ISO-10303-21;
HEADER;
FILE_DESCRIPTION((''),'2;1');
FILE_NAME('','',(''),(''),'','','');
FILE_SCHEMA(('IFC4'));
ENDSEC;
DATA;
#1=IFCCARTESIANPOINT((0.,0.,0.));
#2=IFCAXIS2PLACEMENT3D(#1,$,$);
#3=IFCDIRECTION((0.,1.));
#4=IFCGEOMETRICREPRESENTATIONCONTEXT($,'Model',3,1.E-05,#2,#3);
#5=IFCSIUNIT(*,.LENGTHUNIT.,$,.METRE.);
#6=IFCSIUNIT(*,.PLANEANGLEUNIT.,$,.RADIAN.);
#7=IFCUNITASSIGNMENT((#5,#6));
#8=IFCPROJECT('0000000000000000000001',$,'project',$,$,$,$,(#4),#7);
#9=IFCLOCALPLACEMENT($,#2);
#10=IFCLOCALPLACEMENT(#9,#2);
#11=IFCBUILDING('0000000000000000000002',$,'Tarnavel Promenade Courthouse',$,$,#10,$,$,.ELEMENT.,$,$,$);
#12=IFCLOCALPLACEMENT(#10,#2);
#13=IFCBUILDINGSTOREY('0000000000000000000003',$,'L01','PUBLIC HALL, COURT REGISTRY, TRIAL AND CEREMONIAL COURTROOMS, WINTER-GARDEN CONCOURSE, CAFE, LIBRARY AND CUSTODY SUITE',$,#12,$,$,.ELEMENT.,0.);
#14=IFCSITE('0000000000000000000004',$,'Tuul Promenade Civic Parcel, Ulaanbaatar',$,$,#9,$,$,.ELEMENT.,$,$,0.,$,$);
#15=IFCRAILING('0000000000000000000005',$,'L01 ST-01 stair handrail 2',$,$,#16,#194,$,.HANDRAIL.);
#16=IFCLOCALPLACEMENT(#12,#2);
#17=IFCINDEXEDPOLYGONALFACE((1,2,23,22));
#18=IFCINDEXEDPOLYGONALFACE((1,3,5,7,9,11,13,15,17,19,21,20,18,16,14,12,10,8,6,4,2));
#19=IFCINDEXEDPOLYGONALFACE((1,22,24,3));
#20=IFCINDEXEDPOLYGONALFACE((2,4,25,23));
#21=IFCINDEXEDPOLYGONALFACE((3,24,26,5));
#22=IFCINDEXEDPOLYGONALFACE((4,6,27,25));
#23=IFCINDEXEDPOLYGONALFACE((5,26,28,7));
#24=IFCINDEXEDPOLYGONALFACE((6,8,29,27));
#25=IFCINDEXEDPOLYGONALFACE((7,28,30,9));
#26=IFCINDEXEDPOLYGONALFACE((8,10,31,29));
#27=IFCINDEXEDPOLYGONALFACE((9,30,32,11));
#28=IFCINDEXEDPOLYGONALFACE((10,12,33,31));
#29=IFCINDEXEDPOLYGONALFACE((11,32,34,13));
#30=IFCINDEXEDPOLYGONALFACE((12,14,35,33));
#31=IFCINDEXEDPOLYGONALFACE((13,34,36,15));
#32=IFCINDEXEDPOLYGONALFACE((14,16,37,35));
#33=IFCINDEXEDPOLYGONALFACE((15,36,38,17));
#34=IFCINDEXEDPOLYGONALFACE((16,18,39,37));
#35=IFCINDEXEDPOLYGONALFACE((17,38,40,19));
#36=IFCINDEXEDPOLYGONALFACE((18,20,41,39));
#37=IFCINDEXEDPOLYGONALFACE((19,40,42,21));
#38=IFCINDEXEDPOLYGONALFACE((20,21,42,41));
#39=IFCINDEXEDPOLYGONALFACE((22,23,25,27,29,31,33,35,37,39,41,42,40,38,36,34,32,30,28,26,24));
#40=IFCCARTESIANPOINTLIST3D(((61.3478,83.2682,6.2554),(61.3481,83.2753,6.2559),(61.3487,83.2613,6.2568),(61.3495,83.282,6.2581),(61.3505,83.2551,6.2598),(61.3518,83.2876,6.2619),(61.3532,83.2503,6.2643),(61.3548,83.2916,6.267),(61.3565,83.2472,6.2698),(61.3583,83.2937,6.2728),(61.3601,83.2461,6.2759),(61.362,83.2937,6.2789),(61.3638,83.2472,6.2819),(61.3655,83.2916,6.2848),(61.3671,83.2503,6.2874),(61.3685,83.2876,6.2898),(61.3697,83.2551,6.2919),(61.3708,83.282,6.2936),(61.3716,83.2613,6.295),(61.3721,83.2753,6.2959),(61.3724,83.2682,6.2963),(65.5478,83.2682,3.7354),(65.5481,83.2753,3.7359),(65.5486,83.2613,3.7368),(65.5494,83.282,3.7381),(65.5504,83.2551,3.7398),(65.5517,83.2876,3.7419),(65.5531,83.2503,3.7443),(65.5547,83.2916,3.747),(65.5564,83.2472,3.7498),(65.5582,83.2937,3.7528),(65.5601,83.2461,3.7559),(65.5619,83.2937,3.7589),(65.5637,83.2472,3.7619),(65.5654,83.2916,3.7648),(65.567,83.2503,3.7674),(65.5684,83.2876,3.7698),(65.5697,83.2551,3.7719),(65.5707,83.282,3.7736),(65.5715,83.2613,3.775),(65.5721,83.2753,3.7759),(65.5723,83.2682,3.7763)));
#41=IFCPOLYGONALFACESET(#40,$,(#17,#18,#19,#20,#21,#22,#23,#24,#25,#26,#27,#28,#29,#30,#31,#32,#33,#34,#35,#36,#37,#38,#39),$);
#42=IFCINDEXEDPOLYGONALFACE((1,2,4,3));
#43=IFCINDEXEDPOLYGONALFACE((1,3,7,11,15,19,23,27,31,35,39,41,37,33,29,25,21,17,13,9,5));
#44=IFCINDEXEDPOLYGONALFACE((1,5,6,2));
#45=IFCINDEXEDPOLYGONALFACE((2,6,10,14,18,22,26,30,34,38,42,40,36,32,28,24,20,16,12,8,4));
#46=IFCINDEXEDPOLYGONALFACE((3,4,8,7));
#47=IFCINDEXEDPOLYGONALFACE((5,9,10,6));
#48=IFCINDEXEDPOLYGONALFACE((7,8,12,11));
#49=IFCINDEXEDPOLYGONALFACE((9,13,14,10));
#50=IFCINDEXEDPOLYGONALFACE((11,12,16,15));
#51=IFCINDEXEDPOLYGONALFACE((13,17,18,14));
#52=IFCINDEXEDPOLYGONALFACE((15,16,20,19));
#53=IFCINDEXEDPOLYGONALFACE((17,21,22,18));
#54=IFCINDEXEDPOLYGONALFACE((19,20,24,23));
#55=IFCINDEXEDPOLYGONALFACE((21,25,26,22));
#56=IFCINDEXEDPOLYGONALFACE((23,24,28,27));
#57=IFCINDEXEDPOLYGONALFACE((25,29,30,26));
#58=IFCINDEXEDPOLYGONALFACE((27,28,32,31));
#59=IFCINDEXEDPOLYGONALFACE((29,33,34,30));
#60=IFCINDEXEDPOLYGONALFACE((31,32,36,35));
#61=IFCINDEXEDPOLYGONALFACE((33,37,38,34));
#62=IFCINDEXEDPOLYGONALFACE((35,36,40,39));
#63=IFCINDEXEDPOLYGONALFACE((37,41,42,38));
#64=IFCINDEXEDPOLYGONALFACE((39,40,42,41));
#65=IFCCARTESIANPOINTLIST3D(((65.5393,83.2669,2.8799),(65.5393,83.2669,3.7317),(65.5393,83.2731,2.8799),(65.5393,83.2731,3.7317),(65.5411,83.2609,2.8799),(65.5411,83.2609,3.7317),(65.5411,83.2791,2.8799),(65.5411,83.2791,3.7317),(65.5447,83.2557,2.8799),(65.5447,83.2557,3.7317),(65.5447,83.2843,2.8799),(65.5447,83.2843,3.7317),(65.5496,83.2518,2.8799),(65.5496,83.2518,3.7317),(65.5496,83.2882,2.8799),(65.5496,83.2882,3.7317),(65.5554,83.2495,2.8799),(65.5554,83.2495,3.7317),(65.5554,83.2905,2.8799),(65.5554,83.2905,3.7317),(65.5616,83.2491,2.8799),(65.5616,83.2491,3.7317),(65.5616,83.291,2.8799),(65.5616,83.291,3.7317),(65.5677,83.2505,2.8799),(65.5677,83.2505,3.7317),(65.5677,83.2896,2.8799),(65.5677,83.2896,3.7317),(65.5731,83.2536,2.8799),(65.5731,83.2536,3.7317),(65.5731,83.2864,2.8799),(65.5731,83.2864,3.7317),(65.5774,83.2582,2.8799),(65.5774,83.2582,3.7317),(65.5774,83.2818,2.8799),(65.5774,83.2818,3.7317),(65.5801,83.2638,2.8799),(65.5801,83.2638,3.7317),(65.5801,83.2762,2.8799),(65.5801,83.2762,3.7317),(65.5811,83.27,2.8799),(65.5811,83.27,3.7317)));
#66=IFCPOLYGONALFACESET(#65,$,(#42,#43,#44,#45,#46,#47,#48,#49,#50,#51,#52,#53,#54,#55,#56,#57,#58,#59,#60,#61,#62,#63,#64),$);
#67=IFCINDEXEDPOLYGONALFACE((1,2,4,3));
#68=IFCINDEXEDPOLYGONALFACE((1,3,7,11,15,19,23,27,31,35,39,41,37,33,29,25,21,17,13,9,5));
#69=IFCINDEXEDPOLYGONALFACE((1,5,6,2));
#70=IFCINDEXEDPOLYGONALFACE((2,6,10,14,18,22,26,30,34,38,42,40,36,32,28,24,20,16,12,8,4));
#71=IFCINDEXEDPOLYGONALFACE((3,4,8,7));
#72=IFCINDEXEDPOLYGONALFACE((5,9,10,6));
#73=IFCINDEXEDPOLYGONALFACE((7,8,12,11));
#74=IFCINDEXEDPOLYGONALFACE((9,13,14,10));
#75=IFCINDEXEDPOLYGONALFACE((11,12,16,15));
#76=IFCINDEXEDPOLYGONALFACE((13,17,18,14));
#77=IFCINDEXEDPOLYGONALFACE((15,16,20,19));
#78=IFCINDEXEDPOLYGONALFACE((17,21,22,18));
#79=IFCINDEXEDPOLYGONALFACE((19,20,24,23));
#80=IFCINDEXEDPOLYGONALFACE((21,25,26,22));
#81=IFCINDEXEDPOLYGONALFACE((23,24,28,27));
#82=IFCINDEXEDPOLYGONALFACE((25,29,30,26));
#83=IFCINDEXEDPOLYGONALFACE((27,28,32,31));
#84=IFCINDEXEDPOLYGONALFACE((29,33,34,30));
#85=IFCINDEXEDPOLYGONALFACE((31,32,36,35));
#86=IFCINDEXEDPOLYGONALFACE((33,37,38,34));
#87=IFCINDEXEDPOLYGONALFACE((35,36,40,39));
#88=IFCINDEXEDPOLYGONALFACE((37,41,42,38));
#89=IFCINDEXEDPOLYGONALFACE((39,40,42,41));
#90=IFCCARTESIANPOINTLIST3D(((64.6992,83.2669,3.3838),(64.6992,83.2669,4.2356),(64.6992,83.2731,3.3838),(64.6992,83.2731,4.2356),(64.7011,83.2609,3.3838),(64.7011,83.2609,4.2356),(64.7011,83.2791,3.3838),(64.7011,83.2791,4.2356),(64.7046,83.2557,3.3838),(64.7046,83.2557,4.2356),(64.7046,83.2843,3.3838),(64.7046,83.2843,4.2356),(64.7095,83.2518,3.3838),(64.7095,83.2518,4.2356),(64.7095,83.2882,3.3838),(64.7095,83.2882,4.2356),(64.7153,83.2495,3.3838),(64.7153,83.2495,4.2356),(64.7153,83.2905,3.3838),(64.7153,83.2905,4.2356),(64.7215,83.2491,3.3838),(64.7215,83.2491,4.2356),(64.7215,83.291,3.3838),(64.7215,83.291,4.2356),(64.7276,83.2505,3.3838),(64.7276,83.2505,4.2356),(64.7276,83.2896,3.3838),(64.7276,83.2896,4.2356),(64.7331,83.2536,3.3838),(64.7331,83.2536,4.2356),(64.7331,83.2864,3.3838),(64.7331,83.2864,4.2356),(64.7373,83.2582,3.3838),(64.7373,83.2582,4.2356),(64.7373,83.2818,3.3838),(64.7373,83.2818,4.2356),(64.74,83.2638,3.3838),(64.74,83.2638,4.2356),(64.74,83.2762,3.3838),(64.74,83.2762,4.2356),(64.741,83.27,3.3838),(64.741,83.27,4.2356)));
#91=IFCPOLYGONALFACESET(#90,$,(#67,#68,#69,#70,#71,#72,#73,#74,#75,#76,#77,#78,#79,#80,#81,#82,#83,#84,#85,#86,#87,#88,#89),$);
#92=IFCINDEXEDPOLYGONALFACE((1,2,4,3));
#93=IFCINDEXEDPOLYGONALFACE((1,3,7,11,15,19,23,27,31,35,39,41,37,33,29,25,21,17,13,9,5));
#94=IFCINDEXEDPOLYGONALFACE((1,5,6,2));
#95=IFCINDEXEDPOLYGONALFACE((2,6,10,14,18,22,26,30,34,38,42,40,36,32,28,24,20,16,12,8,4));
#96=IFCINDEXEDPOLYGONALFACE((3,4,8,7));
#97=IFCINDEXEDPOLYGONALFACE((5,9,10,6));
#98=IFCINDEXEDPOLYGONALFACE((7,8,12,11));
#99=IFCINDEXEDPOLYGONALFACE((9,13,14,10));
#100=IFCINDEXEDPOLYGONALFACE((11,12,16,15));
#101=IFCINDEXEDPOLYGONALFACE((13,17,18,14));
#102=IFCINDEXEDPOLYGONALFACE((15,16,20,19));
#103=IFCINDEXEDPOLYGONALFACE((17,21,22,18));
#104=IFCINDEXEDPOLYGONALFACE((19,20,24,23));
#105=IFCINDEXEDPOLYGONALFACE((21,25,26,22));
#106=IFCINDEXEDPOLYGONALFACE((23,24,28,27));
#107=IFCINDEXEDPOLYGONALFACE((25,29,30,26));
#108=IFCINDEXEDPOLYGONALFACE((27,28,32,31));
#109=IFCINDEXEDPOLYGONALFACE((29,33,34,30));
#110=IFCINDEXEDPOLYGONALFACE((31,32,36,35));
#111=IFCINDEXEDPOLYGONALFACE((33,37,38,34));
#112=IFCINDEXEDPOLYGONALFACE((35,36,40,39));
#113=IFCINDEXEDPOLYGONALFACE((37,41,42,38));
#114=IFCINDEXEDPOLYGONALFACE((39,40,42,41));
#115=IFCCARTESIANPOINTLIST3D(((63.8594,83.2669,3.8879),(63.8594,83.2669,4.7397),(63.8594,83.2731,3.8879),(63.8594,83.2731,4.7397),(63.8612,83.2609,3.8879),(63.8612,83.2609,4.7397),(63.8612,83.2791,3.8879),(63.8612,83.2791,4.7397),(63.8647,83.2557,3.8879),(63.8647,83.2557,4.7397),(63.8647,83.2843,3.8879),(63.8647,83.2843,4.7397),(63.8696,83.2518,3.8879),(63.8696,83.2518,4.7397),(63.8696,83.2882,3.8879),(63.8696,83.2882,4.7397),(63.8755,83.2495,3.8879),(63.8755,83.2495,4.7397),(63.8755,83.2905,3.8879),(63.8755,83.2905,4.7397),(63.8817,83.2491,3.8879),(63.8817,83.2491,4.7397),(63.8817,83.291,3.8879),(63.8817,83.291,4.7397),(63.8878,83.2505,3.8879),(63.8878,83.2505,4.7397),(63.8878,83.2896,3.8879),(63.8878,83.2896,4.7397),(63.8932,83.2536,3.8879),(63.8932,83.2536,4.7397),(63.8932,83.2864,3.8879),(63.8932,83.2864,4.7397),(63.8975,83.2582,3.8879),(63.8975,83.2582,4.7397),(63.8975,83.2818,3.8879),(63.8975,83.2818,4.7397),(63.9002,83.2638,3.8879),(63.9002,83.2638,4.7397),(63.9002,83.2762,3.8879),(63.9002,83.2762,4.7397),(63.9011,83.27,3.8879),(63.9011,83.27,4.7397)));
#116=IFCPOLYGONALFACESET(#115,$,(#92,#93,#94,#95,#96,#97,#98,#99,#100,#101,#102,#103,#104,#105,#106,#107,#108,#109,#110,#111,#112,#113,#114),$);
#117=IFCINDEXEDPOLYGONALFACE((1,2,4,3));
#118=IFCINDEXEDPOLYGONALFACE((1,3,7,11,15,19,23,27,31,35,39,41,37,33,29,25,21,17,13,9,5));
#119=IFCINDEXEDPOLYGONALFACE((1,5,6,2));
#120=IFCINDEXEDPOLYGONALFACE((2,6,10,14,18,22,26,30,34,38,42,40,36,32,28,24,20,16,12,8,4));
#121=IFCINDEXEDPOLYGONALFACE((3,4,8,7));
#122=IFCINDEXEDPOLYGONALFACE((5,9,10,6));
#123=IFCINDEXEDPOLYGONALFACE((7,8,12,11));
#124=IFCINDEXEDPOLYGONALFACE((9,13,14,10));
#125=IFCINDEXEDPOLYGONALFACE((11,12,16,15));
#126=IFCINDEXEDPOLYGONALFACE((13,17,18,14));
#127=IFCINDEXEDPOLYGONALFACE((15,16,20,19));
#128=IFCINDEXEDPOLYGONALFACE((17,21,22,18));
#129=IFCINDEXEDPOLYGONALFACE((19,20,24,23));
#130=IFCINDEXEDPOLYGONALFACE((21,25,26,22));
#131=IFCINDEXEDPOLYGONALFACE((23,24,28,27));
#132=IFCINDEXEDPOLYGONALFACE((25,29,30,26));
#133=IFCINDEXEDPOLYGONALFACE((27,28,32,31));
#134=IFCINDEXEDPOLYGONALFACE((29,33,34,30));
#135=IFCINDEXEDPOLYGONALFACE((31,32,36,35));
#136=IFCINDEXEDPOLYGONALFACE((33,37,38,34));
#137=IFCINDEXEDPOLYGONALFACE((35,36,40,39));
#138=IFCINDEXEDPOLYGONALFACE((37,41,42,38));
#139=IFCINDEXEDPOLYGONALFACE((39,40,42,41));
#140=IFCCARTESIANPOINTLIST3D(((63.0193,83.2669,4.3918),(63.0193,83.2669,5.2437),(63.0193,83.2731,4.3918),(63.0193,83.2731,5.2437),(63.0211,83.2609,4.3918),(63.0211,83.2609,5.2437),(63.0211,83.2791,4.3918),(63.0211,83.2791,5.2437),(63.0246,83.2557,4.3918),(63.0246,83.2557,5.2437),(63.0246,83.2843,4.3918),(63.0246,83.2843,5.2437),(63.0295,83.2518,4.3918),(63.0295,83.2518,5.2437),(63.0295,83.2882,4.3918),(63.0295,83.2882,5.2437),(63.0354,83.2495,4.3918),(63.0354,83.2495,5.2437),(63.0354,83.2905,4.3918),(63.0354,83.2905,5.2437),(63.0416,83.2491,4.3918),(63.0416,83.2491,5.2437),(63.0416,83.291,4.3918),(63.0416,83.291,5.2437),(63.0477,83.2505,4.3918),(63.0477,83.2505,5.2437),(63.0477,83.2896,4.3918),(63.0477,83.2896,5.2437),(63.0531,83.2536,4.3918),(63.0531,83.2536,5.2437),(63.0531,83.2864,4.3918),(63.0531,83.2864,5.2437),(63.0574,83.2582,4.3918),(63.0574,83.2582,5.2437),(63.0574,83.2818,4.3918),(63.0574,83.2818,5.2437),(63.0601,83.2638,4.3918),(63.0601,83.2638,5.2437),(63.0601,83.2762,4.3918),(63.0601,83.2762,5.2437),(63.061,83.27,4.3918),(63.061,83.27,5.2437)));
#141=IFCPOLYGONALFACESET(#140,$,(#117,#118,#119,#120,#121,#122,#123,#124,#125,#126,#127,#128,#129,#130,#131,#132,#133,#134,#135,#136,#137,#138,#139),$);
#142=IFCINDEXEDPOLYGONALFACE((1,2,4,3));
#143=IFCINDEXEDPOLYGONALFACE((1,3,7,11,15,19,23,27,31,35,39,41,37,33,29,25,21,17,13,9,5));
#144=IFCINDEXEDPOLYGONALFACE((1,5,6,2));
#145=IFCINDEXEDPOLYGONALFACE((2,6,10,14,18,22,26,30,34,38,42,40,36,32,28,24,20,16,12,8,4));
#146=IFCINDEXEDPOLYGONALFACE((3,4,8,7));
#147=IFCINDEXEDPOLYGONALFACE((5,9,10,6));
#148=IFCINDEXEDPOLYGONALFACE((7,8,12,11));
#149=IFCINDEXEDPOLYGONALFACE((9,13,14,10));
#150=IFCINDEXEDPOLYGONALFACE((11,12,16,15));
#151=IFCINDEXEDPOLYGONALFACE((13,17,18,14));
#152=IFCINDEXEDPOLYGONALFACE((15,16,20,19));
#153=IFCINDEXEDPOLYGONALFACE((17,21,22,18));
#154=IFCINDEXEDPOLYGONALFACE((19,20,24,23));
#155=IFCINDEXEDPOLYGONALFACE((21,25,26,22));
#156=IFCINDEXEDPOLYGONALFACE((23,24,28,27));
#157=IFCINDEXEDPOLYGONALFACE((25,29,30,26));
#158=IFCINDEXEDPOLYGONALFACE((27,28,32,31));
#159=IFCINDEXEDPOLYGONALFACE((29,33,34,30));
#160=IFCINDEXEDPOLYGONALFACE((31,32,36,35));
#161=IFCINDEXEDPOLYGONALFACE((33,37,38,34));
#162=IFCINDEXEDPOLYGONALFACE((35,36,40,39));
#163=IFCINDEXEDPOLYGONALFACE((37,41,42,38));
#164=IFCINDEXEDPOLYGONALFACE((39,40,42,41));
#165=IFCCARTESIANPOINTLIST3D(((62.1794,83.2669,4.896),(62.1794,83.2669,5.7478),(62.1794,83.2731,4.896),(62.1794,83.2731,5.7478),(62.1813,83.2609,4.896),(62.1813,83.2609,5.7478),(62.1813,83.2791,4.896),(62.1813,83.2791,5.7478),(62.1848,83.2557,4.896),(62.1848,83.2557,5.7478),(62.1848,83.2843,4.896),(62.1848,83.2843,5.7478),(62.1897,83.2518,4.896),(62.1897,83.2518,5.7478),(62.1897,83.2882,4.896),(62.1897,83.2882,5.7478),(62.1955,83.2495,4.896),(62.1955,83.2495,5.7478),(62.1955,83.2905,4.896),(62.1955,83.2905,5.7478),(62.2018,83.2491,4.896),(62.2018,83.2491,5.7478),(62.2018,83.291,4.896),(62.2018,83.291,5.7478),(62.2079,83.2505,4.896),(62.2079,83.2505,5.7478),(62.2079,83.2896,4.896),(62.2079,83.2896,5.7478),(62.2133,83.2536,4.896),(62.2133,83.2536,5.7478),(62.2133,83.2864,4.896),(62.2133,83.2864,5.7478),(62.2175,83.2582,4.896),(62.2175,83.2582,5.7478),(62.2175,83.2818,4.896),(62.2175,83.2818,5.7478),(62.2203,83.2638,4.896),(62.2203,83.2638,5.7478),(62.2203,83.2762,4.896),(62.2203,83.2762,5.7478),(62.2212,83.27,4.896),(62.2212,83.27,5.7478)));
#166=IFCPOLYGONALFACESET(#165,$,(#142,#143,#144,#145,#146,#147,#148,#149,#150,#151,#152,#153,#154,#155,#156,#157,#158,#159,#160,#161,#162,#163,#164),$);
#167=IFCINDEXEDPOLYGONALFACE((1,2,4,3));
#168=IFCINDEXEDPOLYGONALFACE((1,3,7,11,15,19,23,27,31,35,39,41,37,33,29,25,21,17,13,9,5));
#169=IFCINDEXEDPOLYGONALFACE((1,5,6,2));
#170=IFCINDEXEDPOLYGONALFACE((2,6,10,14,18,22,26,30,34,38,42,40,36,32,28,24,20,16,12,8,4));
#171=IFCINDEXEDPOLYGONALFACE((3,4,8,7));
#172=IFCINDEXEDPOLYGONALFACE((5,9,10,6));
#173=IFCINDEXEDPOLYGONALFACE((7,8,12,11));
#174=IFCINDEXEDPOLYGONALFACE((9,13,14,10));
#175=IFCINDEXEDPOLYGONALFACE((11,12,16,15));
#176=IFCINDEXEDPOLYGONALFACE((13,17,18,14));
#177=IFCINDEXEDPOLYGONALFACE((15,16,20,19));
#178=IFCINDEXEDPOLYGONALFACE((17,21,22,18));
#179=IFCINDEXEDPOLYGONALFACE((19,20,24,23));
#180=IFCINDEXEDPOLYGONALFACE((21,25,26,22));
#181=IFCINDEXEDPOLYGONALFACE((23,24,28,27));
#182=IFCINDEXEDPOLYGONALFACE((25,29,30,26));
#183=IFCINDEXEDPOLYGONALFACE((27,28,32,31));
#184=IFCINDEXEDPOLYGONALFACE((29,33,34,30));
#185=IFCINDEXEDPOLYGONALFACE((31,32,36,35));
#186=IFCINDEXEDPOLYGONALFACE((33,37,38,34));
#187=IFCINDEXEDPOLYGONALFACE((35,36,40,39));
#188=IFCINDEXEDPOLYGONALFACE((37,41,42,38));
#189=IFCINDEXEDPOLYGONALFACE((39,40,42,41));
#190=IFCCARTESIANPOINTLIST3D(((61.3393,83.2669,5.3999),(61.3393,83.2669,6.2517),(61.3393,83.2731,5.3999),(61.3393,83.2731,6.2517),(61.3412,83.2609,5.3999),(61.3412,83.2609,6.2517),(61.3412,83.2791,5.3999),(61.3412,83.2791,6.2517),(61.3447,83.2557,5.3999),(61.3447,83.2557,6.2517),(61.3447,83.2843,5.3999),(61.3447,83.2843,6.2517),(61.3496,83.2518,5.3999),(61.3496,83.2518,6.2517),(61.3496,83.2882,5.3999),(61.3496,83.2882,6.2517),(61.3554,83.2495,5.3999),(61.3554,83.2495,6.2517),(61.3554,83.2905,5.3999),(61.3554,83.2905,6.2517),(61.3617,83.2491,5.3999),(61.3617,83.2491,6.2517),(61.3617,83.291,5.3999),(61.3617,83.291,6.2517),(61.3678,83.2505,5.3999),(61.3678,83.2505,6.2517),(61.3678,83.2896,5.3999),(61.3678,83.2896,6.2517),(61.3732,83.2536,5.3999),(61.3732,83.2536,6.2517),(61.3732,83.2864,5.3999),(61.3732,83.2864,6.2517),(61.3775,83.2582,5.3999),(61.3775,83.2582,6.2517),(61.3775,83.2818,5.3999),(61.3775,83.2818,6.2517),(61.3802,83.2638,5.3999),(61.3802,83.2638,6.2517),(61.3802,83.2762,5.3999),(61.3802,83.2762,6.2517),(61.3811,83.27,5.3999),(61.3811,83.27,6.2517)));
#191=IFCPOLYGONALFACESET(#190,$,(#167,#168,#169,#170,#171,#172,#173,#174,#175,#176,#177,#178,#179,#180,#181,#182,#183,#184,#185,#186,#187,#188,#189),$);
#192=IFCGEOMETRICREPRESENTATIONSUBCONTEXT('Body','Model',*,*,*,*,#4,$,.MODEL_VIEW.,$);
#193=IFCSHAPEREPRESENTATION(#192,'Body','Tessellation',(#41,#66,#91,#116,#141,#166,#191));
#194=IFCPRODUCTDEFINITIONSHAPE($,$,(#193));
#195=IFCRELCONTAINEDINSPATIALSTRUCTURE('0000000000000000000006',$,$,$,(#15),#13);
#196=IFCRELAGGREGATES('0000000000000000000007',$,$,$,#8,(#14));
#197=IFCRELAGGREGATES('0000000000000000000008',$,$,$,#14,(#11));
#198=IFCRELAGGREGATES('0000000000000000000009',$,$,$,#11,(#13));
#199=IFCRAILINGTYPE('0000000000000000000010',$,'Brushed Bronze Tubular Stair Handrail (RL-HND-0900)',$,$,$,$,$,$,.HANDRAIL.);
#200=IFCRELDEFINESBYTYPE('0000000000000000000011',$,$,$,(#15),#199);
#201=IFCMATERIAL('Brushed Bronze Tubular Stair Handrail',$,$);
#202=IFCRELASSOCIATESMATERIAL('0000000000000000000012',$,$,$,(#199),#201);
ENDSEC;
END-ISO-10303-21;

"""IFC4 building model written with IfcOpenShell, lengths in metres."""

from ifc_helpers import new_model, si_unit, direction, frame, origin, origin_2d, place, context, subcontext, project, spatial, circle, extrude, material, type_object, element, save


model = new_model("IFC4")

# Units and contexts
model_context = context("Model", 3, precision=1e-05, world=origin(), true_north=direction((0.0, 1.0)))
body_context = subcontext(model_context, "Body", "Model", "MODEL_VIEW")
ifc_project = project(units=[si_unit("LENGTHUNIT", "METRE"), si_unit("PLANEANGLEUNIT", "RADIAN")], contexts=[model_context])

# Site, building, storey
site_placement = place(None, origin())
site = spatial("IfcSite", under=ifc_project, at=site_placement, Name="Tuul Promenade Civic Parcel, Ulaanbaatar", CompositionType="ELEMENT", RefElevation=0.0)
building_placement = place(site_placement, origin())
building = spatial("IfcBuilding", under=site, at=building_placement, Name="Tarnavel Promenade Courthouse", CompositionType="ELEMENT")
storey_placement = place(building_placement, origin())
storey = spatial("IfcBuildingStorey", under=building, at=storey_placement, Name="L01", Description="PUBLIC HALL, COURT REGISTRY, TRIAL AND CEREMONIAL COURTROOMS, WINTER-GARDEN CONCOURSE, CAFE, LIBRARY AND CUSTODY SUITE", CompositionType="ELEMENT", Elevation=0.0)

# Railing
ifc_material_1 = material(Name="Brushed Bronze Tubular Stair Handrail")
railing_type = type_object("IfcRailingType", Name="Brushed Bronze Tubular Stair Handrail (RL-HND-0900)", PredefinedType="HANDRAIL", material=ifc_material_1)
railing_placement = place(storey_placement, frame((65.5601, 83.27, 2.8799)))
element("IfcRailing", 1, at=railing_placement, inside=storey, type_object=railing_type, Name="L01 ST-01 stair handrail 2", PredefinedType="HANDRAIL", context=body_context, shape_type="SweptSolid", body=[
    extrude(circle(Radius=0.0239, at=origin_2d()), frame((0.0, 0.0, 0.876), z_axis=(-0.857489, 0.0, 0.514503), x_axis=(0.0, -1.0, 0.0)), (0.0, 0.0, 1.0), 4.8979),
    extrude(circle(Radius=0.021, at=origin_2d()), origin(), (0.0, 0.0, 1.0), 0.8518),
    extrude(circle(Radius=0.021, at=origin_2d()), frame((-0.8401, 0.0, 0.5039)), (0.0, 0.0, 1.0), 0.8518),
    extrude(circle(Radius=0.021, at=origin_2d()), frame((-1.6799, 0.0, 1.0081)), (0.0, 0.0, 1.0), 0.8518),
    extrude(circle(Radius=0.021, at=origin_2d()), frame((-2.52, 0.0, 1.512)), (0.0, 0.0, 1.0), 0.8518),
    extrude(circle(Radius=0.021, at=origin_2d()), frame((-3.3599, 0.0, 2.0161)), (0.0, 0.0, 1.0), 0.8518),
    extrude(circle(Radius=0.021, at=origin_2d()), frame((-4.2, 0.0, 2.52)), (0.0, 0.0, 1.0), 0.8518),
])

save(model, "model.ifc")
